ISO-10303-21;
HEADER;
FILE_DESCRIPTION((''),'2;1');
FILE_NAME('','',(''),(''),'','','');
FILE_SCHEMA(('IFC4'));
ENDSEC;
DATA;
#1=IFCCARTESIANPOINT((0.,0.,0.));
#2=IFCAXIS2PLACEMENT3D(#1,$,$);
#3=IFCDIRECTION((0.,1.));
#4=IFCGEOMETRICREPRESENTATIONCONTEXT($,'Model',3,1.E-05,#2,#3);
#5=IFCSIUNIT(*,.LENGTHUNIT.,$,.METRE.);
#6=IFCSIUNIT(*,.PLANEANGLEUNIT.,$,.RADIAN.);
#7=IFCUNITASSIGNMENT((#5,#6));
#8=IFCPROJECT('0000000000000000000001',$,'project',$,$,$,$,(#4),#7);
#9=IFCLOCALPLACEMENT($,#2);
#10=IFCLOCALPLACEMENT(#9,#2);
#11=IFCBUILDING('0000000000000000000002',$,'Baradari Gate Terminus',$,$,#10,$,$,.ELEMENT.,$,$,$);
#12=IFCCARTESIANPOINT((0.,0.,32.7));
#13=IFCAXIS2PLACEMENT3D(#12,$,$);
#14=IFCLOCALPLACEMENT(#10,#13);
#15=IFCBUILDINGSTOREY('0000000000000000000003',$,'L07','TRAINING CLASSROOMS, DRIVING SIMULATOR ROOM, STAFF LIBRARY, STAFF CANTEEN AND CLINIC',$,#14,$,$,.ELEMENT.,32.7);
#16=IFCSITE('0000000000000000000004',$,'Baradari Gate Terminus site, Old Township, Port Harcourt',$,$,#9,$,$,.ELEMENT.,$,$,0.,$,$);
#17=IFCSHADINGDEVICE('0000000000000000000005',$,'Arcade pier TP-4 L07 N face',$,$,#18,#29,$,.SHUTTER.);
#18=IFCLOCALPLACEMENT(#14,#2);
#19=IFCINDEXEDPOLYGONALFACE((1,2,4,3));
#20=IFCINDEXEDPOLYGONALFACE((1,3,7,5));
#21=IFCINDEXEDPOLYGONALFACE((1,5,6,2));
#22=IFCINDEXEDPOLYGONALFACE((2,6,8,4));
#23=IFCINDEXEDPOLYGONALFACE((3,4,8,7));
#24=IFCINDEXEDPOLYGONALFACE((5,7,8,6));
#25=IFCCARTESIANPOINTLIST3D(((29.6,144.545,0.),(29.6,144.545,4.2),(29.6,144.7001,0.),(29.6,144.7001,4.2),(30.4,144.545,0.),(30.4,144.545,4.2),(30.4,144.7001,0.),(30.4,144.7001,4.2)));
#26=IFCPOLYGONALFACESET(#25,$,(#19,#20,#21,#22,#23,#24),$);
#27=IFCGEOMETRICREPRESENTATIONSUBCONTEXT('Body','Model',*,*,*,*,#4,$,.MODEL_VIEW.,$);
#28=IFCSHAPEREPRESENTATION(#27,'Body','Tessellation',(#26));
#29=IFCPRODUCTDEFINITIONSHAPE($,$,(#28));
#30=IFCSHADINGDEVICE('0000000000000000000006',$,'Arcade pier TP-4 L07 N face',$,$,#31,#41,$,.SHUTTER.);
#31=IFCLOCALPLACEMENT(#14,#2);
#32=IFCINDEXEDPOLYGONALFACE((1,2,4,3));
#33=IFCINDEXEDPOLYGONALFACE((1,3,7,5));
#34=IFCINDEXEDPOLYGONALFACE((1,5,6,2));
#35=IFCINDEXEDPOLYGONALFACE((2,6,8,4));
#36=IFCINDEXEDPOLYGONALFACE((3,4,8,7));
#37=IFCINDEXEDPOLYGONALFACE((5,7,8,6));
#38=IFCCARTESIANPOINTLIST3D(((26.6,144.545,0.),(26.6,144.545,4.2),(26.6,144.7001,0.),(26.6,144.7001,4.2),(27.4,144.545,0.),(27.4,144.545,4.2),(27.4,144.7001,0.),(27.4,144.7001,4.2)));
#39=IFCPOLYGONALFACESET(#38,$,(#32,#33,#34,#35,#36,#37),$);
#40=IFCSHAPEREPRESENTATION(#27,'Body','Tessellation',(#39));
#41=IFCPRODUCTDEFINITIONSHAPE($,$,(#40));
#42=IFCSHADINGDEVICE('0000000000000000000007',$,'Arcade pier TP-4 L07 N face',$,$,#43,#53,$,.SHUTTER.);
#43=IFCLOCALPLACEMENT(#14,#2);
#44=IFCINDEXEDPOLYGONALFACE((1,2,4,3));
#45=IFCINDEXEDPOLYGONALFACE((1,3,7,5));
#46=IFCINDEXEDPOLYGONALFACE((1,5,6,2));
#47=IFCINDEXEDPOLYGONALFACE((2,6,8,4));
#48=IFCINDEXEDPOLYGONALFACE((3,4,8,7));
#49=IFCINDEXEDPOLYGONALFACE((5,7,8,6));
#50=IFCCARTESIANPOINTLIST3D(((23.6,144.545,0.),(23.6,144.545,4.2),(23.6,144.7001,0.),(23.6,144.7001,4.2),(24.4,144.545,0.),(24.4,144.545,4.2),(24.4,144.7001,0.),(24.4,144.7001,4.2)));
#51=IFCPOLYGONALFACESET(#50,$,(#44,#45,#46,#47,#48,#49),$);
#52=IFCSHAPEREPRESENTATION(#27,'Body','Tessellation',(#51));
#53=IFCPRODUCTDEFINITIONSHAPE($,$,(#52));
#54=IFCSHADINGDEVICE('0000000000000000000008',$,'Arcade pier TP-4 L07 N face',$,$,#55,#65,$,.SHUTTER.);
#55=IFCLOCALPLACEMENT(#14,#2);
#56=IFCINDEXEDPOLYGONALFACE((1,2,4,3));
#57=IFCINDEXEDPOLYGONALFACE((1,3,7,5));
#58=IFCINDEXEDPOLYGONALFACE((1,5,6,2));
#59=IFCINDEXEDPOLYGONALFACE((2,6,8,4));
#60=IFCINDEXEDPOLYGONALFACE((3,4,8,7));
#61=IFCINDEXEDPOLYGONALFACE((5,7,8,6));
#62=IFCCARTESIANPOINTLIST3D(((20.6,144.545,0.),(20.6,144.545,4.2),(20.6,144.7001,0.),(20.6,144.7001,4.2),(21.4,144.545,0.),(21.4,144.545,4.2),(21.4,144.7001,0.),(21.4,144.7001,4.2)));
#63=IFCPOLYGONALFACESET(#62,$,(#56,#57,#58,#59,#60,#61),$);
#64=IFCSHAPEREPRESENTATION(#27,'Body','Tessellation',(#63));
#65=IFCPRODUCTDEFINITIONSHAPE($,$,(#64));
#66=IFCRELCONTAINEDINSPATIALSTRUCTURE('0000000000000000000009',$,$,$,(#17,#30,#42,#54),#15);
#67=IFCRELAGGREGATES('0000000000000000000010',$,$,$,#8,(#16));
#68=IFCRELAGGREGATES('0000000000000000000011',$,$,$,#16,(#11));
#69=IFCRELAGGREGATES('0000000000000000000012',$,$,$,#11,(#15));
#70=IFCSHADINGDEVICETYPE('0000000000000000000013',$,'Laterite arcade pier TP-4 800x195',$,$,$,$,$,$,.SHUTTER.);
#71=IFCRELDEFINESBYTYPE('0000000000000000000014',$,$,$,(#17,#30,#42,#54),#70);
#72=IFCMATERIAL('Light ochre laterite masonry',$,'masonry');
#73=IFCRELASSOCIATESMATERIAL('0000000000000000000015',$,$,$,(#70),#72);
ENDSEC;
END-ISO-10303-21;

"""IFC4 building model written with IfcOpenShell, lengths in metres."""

from ifc_helpers import new_model, si_unit, direction, frame, origin, origin_2d, place, context, subcontext, project, spatial, rectangle, extrude, material, type_object, element, save


model = new_model("IFC4")

# Units and contexts
model_context = context("Model", 3, precision=1e-05, world=origin(), true_north=direction((0.0, 1.0)))
body_context = subcontext(model_context, "Body", "Model", "MODEL_VIEW")
ifc_project = project(units=[si_unit("LENGTHUNIT", "METRE"), si_unit("PLANEANGLEUNIT", "RADIAN")], contexts=[model_context])

# Site, building, storey
site_placement = place(None, origin())
site = spatial("IfcSite", under=ifc_project, at=site_placement, Name="Baradari Gate Terminus site, Old Township, Port Harcourt", CompositionType="ELEMENT", RefElevation=0.0)
building_placement = place(site_placement, origin())
building = spatial("IfcBuilding", under=site, at=building_placement, Name="Baradari Gate Terminus", CompositionType="ELEMENT")
storey_placement = place(building_placement, frame((0.0, 0.0, 32.7)))
storey = spatial("IfcBuildingStorey", under=building, at=storey_placement, Name="L07", Description="TRAINING CLASSROOMS, DRIVING SIMULATOR ROOM, STAFF LIBRARY, STAFF CANTEEN AND CLINIC", CompositionType="ELEMENT", Elevation=32.7)

# Shading devices
ifc_material_1 = material(Name="Light ochre laterite masonry", Category="masonry")
shading_device_type = type_object("IfcShadingDeviceType", Name="Laterite arcade pier TP-4 800x195", PredefinedType="SHUTTER", material=ifc_material_1)
for number, where, z_axis, x_axis, name in (
    (1, (30.0, 144.6226, 0.0), (0.0, 0.0, 1.0), (-1.0, 0.0, 0.0), "Arcade pier TP-4 L07 N face"),
    (2, (27.0, 144.6226, 0.0), (0.0, 0.0, 1.0), (-1.0, 0.0, 0.0), "Arcade pier TP-4 L07 N face"),
    (3, (24.0, 144.6226, 0.0), (0.0, 0.0, 1.0), (-1.0, 0.0, 0.0), "Arcade pier TP-4 L07 N face"),
    (4, (21.0, 144.6226, 0.0), (0.0, 0.0, 1.0), (-1.0, 0.0, 0.0), "Arcade pier TP-4 L07 N face"),
):
    element("IfcShadingDevice", number, at=place(storey_placement, frame(where, z_axis=z_axis, x_axis=x_axis)), inside=storey, type_object=shading_device_type, Name=name, PredefinedType="SHUTTER", context=body_context, shape_type="SweptSolid", body=[
        extrude(rectangle(XDim=0.8, YDim=0.155, at=origin_2d()), origin(), (0.0, 0.0, 1.0), 4.2),
    ])

save(model, "model.ifc")
